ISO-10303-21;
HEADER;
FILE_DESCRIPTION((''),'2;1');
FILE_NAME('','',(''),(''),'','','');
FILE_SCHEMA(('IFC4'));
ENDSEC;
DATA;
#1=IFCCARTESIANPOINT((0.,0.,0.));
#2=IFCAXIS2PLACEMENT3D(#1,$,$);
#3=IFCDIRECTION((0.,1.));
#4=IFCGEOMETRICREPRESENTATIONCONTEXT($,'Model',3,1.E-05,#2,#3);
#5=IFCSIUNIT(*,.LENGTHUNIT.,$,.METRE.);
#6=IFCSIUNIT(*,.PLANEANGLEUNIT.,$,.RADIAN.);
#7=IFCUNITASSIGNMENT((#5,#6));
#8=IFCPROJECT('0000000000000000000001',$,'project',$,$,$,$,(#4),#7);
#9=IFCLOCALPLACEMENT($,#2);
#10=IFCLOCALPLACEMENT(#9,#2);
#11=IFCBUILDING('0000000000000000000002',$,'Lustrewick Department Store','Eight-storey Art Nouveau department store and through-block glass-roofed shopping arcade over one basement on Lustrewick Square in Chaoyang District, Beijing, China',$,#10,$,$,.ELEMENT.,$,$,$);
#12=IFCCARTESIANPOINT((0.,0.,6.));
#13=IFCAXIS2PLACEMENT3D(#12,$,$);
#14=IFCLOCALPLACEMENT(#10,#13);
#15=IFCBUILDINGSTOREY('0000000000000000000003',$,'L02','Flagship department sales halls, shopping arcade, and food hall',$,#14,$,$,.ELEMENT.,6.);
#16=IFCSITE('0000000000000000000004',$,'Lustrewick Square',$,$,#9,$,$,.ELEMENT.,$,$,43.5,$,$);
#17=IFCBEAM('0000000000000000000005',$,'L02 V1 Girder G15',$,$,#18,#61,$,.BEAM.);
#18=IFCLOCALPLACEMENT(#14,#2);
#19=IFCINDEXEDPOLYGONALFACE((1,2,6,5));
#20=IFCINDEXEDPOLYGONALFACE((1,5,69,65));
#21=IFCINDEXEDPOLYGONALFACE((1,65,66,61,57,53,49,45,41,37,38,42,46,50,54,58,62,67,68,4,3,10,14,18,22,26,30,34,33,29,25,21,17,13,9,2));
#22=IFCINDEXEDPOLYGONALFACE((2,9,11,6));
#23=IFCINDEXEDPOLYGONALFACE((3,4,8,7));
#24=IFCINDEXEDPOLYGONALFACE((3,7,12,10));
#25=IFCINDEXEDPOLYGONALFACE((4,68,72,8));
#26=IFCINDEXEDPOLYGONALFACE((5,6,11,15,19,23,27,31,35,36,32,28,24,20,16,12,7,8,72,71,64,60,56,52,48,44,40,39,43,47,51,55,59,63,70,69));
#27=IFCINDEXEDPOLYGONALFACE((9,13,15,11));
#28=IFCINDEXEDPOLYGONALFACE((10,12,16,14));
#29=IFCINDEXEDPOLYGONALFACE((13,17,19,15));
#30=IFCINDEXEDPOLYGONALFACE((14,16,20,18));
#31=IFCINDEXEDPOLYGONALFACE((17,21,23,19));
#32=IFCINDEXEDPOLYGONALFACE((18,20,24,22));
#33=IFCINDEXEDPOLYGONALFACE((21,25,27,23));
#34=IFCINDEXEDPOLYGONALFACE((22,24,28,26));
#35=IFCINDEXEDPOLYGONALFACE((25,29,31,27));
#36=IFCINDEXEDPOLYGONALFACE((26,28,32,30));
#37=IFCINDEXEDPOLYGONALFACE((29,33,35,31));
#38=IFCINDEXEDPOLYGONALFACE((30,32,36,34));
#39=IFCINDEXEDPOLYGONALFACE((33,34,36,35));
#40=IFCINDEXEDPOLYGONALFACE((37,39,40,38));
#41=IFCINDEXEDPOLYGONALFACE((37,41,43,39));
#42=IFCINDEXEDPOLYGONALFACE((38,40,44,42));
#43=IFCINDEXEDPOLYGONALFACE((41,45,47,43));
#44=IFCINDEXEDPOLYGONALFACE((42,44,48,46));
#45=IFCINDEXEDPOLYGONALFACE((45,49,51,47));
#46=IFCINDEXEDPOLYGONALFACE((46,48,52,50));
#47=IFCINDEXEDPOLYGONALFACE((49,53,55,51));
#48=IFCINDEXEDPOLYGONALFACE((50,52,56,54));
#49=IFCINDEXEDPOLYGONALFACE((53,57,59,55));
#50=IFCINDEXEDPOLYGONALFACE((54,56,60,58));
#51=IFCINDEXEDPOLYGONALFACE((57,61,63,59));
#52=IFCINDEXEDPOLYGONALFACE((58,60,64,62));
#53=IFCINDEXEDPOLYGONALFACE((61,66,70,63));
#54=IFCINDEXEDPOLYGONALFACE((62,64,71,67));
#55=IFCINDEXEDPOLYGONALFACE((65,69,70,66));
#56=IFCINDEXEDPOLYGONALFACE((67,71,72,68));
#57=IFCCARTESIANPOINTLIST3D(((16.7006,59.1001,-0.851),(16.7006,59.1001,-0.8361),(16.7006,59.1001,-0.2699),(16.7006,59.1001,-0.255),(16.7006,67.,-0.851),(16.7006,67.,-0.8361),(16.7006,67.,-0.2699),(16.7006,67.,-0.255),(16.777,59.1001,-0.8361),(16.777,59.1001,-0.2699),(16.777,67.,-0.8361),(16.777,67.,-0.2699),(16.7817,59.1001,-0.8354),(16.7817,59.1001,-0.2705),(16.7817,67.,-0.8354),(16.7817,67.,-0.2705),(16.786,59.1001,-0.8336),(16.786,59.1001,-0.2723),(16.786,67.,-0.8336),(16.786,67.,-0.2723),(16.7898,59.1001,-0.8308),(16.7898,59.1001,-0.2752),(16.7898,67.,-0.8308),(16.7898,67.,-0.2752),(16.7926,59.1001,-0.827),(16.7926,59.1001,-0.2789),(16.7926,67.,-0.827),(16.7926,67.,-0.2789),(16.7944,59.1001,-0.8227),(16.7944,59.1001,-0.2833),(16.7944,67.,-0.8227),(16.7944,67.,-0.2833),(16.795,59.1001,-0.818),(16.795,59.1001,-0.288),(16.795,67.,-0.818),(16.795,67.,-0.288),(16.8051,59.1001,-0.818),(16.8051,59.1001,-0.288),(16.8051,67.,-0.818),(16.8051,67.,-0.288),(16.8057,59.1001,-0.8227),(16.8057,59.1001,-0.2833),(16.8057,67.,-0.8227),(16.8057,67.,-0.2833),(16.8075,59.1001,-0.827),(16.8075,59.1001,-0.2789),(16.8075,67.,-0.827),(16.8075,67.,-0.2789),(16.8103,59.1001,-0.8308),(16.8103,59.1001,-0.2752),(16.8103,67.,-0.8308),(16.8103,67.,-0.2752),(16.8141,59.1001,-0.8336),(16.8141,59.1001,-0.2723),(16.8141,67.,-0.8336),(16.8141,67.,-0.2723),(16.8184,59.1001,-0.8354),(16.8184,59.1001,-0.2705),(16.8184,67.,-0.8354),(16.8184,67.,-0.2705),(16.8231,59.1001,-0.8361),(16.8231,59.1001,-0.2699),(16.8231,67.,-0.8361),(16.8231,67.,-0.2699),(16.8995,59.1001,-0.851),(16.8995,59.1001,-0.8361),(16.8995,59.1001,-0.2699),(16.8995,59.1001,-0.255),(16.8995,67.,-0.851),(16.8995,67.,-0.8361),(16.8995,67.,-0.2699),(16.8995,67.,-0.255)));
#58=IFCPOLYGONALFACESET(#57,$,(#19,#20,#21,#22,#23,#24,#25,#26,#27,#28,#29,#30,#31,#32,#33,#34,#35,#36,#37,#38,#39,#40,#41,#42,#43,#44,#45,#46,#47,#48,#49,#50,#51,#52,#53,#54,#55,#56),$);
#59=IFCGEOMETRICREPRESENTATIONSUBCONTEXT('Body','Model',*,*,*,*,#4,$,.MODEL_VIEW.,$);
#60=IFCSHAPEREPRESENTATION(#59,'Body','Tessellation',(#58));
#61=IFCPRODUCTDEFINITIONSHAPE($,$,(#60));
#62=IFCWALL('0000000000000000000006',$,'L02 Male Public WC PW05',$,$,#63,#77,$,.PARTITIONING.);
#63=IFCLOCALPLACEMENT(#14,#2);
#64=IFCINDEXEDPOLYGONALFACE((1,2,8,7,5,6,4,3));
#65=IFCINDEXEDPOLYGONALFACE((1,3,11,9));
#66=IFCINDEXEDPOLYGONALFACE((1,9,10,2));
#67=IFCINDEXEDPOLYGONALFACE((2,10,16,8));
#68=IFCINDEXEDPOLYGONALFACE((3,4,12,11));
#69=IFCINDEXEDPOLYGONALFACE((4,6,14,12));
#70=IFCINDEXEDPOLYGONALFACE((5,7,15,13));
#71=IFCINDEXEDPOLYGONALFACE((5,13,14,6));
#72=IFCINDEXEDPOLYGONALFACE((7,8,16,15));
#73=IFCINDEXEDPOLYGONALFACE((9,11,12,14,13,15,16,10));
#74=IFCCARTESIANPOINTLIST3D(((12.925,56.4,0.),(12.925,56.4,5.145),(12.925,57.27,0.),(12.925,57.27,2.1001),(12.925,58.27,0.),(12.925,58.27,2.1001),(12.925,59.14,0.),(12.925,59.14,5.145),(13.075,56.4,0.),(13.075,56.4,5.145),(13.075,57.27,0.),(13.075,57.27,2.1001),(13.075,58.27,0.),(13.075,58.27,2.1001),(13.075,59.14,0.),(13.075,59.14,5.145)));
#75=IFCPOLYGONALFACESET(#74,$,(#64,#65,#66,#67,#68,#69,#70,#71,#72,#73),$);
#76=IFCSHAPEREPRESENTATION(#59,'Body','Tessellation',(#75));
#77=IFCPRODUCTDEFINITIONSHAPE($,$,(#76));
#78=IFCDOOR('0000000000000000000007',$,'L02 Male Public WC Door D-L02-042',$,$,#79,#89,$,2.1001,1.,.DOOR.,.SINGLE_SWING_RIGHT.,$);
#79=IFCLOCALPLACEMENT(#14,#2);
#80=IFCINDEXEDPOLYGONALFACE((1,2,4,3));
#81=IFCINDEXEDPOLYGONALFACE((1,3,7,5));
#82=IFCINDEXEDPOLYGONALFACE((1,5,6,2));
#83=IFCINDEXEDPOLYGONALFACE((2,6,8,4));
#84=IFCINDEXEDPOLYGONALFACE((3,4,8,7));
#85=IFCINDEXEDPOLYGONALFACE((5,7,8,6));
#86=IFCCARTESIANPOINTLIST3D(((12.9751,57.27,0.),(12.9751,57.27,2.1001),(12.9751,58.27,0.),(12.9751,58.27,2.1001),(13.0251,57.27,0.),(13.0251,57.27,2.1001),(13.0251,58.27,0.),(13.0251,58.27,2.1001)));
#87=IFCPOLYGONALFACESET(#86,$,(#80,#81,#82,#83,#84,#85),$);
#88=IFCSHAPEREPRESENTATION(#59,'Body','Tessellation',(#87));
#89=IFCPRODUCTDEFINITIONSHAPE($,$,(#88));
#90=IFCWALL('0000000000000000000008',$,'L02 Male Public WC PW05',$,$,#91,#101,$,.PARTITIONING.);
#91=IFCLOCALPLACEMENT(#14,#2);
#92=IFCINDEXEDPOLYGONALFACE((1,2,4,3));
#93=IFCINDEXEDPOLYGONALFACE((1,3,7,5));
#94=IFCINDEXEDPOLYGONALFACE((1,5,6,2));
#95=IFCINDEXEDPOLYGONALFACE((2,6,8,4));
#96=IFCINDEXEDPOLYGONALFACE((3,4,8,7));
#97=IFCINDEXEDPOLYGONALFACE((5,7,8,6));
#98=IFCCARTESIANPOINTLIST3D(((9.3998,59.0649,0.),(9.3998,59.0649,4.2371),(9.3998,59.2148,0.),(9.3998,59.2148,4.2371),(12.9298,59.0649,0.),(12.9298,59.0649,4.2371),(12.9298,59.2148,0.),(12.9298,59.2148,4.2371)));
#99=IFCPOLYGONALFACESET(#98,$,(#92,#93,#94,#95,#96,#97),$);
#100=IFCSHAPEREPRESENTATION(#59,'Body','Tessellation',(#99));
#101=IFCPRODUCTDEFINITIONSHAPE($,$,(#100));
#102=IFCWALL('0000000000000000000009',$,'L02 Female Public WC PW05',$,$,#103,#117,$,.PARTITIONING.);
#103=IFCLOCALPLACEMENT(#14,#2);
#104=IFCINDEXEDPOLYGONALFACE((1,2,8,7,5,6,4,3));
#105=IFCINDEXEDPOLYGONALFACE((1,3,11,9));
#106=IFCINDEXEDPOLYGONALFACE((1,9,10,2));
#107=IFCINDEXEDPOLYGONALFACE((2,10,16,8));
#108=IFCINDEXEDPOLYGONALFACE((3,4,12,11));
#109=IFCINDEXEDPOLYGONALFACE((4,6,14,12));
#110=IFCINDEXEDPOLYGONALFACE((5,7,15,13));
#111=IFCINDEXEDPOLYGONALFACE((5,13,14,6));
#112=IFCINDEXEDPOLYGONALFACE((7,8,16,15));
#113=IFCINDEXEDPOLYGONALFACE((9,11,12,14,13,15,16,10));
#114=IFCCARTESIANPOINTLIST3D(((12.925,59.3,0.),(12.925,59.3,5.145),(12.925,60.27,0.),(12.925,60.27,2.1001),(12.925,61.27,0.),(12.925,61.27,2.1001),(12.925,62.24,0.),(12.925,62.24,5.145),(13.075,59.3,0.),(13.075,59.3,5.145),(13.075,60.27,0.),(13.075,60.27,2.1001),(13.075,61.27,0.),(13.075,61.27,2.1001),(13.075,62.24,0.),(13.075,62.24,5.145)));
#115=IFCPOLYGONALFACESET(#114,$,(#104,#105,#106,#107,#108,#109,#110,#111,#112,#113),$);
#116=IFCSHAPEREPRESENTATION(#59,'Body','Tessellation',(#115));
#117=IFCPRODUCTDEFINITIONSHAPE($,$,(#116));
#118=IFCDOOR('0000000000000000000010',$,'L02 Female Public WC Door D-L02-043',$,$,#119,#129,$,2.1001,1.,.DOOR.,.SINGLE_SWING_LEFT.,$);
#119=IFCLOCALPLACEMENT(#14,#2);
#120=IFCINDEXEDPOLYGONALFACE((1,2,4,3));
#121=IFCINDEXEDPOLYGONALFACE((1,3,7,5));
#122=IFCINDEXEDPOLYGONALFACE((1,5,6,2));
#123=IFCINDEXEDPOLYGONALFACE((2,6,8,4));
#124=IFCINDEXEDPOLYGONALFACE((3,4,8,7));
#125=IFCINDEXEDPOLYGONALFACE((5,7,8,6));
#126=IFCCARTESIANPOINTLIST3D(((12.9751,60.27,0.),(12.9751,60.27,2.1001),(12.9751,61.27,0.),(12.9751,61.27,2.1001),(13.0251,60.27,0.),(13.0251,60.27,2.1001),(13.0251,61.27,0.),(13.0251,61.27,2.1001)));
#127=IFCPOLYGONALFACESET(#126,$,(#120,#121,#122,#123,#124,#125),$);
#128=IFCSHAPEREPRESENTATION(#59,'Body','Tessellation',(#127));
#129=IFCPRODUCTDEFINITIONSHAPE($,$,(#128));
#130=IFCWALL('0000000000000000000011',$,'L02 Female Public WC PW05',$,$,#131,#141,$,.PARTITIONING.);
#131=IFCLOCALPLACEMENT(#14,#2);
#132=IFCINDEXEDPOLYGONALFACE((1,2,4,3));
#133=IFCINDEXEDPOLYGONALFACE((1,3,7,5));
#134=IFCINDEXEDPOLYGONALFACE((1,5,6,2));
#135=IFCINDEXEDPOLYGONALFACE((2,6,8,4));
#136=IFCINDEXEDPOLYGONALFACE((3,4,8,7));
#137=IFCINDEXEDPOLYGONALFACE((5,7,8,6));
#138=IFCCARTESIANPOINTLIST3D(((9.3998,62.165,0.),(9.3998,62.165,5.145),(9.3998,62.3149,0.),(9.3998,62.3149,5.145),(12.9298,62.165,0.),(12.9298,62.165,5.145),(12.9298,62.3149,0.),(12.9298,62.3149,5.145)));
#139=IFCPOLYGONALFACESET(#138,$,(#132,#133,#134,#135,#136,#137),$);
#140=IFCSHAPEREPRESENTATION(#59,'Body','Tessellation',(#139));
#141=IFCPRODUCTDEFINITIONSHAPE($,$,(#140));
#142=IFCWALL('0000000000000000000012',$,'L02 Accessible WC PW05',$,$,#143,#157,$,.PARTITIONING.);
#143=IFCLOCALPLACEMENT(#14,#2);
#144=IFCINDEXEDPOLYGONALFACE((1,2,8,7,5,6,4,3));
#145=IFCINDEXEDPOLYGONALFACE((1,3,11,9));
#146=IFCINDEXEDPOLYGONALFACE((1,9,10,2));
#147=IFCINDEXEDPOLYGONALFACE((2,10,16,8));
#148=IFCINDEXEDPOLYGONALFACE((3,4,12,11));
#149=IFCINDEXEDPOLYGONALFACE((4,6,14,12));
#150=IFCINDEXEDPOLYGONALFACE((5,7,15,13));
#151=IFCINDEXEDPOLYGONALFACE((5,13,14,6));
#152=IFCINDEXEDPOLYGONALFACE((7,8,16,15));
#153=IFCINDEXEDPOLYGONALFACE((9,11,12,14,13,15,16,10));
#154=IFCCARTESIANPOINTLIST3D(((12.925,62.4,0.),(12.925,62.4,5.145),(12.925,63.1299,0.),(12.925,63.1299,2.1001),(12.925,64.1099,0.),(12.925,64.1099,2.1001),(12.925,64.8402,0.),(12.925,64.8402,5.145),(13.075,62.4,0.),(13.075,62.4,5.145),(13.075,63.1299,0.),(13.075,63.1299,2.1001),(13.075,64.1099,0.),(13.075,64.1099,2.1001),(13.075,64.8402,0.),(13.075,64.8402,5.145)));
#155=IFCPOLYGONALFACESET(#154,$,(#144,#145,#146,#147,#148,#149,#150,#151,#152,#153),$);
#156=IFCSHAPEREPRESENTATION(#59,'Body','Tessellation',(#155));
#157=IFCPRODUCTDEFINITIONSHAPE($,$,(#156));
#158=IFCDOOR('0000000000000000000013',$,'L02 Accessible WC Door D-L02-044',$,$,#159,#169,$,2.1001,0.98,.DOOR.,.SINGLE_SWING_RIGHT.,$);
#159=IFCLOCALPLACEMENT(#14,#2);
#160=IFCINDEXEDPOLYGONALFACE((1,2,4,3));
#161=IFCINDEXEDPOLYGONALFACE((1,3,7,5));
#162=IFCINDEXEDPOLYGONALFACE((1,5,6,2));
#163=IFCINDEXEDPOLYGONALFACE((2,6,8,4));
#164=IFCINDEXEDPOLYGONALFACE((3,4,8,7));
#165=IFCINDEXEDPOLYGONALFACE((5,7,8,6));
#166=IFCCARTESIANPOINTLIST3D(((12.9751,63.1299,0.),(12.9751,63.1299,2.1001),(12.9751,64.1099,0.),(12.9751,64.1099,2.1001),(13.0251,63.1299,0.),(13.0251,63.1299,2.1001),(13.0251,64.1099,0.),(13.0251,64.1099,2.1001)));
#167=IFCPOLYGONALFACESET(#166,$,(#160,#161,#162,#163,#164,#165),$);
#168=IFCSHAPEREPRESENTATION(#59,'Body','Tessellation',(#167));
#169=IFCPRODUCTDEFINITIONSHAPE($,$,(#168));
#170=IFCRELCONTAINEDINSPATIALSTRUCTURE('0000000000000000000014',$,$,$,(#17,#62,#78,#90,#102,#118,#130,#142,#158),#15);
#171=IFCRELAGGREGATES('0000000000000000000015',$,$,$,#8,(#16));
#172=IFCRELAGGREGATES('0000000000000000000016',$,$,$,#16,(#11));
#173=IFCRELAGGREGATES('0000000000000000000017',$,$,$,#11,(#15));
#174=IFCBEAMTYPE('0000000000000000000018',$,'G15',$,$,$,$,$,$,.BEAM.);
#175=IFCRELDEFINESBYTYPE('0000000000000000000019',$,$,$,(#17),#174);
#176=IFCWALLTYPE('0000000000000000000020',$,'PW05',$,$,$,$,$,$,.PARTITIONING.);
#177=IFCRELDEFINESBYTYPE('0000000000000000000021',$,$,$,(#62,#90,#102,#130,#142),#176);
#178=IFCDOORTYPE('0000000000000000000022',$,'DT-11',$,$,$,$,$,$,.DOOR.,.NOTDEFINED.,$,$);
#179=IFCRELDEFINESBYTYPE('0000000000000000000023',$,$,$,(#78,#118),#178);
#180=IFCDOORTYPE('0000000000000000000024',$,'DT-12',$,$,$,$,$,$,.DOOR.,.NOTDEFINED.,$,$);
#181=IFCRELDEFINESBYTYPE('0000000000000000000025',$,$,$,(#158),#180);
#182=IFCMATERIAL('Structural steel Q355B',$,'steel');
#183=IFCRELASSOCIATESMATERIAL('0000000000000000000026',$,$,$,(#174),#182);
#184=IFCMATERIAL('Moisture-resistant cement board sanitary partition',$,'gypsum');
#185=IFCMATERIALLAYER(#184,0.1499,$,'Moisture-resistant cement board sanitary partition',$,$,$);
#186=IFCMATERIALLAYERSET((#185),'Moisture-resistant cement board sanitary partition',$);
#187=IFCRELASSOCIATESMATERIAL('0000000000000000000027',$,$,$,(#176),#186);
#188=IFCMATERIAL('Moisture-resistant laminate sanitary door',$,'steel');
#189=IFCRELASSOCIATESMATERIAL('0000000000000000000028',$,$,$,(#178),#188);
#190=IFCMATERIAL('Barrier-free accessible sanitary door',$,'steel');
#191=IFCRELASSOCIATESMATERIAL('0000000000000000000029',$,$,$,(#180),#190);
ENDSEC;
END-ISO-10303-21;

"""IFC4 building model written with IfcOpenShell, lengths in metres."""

from ifc_helpers import new_model, si_unit, direction, frame, frame_2d, origin, origin_2d, place, context, subcontext, project, spatial, rectangle, i_section, extrude, material, layer, layer_set, material_profile, profile_set, type_object, element, fill, save


model = new_model("IFC4")

# Units and contexts
model_context = context("Model", 3, precision=1e-05, world=origin(), true_north=direction((0.0, 1.0)))
body_context = subcontext(model_context, "Body", "Model", "MODEL_VIEW")
ifc_project = project(units=[si_unit("LENGTHUNIT", "METRE"), si_unit("PLANEANGLEUNIT", "RADIAN")], contexts=[model_context])

# Site, building, storey
site_placement = place(None, origin())
site = spatial("IfcSite", under=ifc_project, at=site_placement, Name="Lustrewick Square", CompositionType="ELEMENT", RefElevation=43.5)
building_placement = place(site_placement, origin())
building = spatial("IfcBuilding", under=site, at=building_placement, Name="Lustrewick Department Store", Description="Eight-storey Art Nouveau department store and through-block glass-roofed shopping arcade over one basement on Lustrewick Square in Chaoyang District, Beijing, China", CompositionType="ELEMENT")
storey_placement = place(building_placement, frame((0.0, 0.0, 6.0)))
storey = spatial("IfcBuildingStorey", under=building, at=storey_placement, Name="L02", Description="Flagship department sales halls, shopping arcade, and food hall", CompositionType="ELEMENT", Elevation=6.0)

# Beam
ifc_material_1 = material(Name="Structural steel Q355B", Category="steel")
ifc_material_profile_1 = material_profile(ifc_material_1, i_section(OverallWidth=0.199, OverallDepth=0.5959, WebThickness=0.01, FlangeThickness=0.0149, FilletRadius=0.0181, at=origin_2d()), Name="HN 596x199x10x15")
ifc_profile_set_1 = profile_set([ifc_material_profile_1], Name="Structural steel Q355B")
beam_type_1 = type_object("IfcBeamType", Name="G15", PredefinedType="BEAM", material=ifc_profile_set_1)
beam_1_placement = place(storey_placement, frame((16.8, 59.1001, -0.553), z_axis=(0.0, 1.0, 0.0), x_axis=(-1.0, 0.0, 0.0)))
element("IfcBeam", 1, at=beam_1_placement, inside=storey, type_object=beam_type_1, Name="L02 V1 Girder G15", PredefinedType="BEAM", context=body_context, shape_type="SweptSolid", body=[
    extrude(i_section(OverallWidth=0.199, OverallDepth=0.5959, WebThickness=0.01, FlangeThickness=0.0149, FilletRadius=0.0181, at=origin_2d()), origin(), (0.0, 0.0, 1.0), 7.8999),
])

# Wall, opening, door
ifc_material_2 = material(Name="Moisture-resistant cement board sanitary partition", Category="gypsum")
ifc_layer = layer(ifc_material_2, 0.1499, Name="Moisture-resistant cement board sanitary partition")
ifc_layer_set = layer_set([ifc_layer], Name="Moisture-resistant cement board sanitary partition")
wall_type = type_object("IfcWallType", Name="PW05", PredefinedType="PARTITIONING", material=ifc_layer_set)
wall_1_placement = place(storey_placement, frame((13.0, 56.3999, 0.0), z_axis=(0.0, 0.0, 1.0), x_axis=(0.0, 1.0, 0.0)))
wall_1 = element("IfcWall", 2, at=wall_1_placement, inside=storey, type_object=wall_type, Name="L02 Male Public WC PW05", PredefinedType="PARTITIONING", context=body_context, shape_type="SweptSolid", body=[
    extrude(rectangle(XDim=2.74, YDim=0.1499, at=frame_2d((1.3701, 0.0))), origin(), (0.0, 0.0, 1.0), 5.145),
])
opening_1_placement = place(wall_1_placement, frame((0.8701, 0.0, 0.0)))
opening_1 = element("IfcOpeningElement", 3, at=opening_1_placement, cuts=wall_1, PredefinedType="OPENING", context=body_context, shape_type="SweptSolid", body=[
    extrude(rectangle(XDim=1.0, YDim=2.1001, at=frame_2d((0.5, 1.05))), frame((0.0, 0.085, 0.0), z_axis=(0.0, -1.0, 0.0), x_axis=(1.0, 0.0, 0.0)), (0.0, 0.0, 1.0), 0.1699),
])
ifc_material_3 = material(Name="Moisture-resistant laminate sanitary door", Category="steel")
door_type_1 = type_object("IfcDoorType", Name="DT-11", OperationType="NOTDEFINED", PredefinedType="DOOR", material=ifc_material_3)
door_1_placement = place(opening_1_placement, origin())
door_1 = element("IfcDoor", 4, at=door_1_placement, inside=storey, type_object=door_type_1, Name="L02 Male Public WC Door D-L02-042", OperationType="SINGLE_SWING_RIGHT", OverallHeight=2.1001, OverallWidth=1.0, PredefinedType="DOOR", context=body_context, shape_type="SweptSolid", body=[
    extrude(rectangle(XDim=1.0, YDim=2.1001, at=frame_2d((0.5, 1.05))), frame((0.0, 0.0249, 0.0), z_axis=(0.0, -1.0, 0.0), x_axis=(1.0, 0.0, 0.0)), (0.0, 0.0, 1.0), 0.05),
])
fill(opening_1, door_1)

# Wall
wall_2_placement = place(storey_placement, frame((12.9299, 59.1399, 0.0), z_axis=(0.0, 0.0, 1.0), x_axis=(-1.0, 0.0, 0.0)))
element("IfcWall", 5, at=wall_2_placement, inside=storey, type_object=wall_type, Name="L02 Male Public WC PW05", PredefinedType="PARTITIONING", context=body_context, shape_type="SweptSolid", body=[
    extrude(rectangle(XDim=3.53, YDim=0.1499, at=frame_2d((1.7651, 0.0))), origin(), (0.0, 0.0, 1.0), 4.2371),
])

# Wall, opening, door
wall_3_placement = place(storey_placement, frame((13.0, 59.3, 0.0), z_axis=(0.0, 0.0, 1.0), x_axis=(0.0, 1.0, 0.0)))
wall_3 = element("IfcWall", 6, at=wall_3_placement, inside=storey, type_object=wall_type, Name="L02 Female Public WC PW05", PredefinedType="PARTITIONING", context=body_context, shape_type="SweptSolid", body=[
    extrude(rectangle(XDim=2.9399, YDim=0.1499, at=frame_2d((1.47, 0.0))), origin(), (0.0, 0.0, 1.0), 5.145),
])
opening_2_placement = place(wall_3_placement, frame((0.97, 0.0, 0.0)))
opening_2 = element("IfcOpeningElement", 7, at=opening_2_placement, cuts=wall_3, PredefinedType="OPENING", context=body_context, shape_type="SweptSolid", body=[
    extrude(rectangle(XDim=1.0, YDim=2.1001, at=frame_2d((0.5, 1.05))), frame((0.0, 0.085, 0.0), z_axis=(0.0, -1.0, 0.0), x_axis=(1.0, 0.0, 0.0)), (0.0, 0.0, 1.0), 0.1699),
])
door_2_placement = place(opening_2_placement, origin())
door_2 = element("IfcDoor", 8, at=door_2_placement, inside=storey, type_object=door_type_1, Name="L02 Female Public WC Door D-L02-043", OperationType="SINGLE_SWING_LEFT", OverallHeight=2.1001, OverallWidth=1.0, PredefinedType="DOOR", context=body_context, shape_type="SweptSolid", body=[
    extrude(rectangle(XDim=1.0, YDim=2.1001, at=frame_2d((0.5, 1.05))), frame((0.0, 0.0249, 0.0), z_axis=(0.0, -1.0, 0.0), x_axis=(1.0, 0.0, 0.0)), (0.0, 0.0, 1.0), 0.05),
])
fill(opening_2, door_2)

# Wall
wall_4_placement = place(storey_placement, frame((12.9299, 62.24, 0.0), z_axis=(0.0, 0.0, 1.0), x_axis=(-1.0, 0.0, 0.0)))
element("IfcWall", 9, at=wall_4_placement, inside=storey, type_object=wall_type, Name="L02 Female Public WC PW05", PredefinedType="PARTITIONING", context=body_context, shape_type="SweptSolid", body=[
    extrude(rectangle(XDim=3.53, YDim=0.1499, at=frame_2d((1.7651, 0.0))), origin(), (0.0, 0.0, 1.0), 5.145),
])

# Wall, opening, door
wall_5_placement = place(storey_placement, frame((13.0, 62.3999, 0.0), z_axis=(0.0, 0.0, 1.0), x_axis=(0.0, 1.0, 0.0)))
wall_5 = element("IfcWall", 10, at=wall_5_placement, inside=storey, type_object=wall_type, Name="L02 Accessible WC PW05", PredefinedType="PARTITIONING", context=body_context, shape_type="SweptSolid", body=[
    extrude(rectangle(XDim=2.4402, YDim=0.1499, at=frame_2d((1.2202, 0.0))), origin(), (0.0, 0.0, 1.0), 5.145),
])
opening_3_placement = place(wall_5_placement, frame((0.73, 0.0, 0.0)))
opening_3 = element("IfcOpeningElement", 11, at=opening_3_placement, cuts=wall_5, PredefinedType="OPENING", context=body_context, shape_type="SweptSolid", body=[
    extrude(rectangle(XDim=0.98, YDim=2.1001, at=frame_2d((0.49, 1.05))), frame((0.0, 0.085, 0.0), z_axis=(0.0, -1.0, 0.0), x_axis=(1.0, 0.0, 0.0)), (0.0, 0.0, 1.0), 0.1699),
])
ifc_material_4 = material(Name="Barrier-free accessible sanitary door", Category="steel")
door_type_2 = type_object("IfcDoorType", Name="DT-12", OperationType="NOTDEFINED", PredefinedType="DOOR", material=ifc_material_4)
door_3_placement = place(opening_3_placement, origin())
door_3 = element("IfcDoor", 12, at=door_3_placement, inside=storey, type_object=door_type_2, Name="L02 Accessible WC Door D-L02-044", OperationType="SINGLE_SWING_RIGHT", OverallHeight=2.1001, OverallWidth=0.98, PredefinedType="DOOR", context=body_context, shape_type="SweptSolid", body=[
    extrude(rectangle(XDim=0.98, YDim=2.1001, at=frame_2d((0.49, 1.05))), frame((0.0, 0.0249, 0.0), z_axis=(0.0, -1.0, 0.0), x_axis=(1.0, 0.0, 0.0)), (0.0, 0.0, 1.0), 0.05),
])
fill(opening_3, door_3)

save(model, "model.ifc")
